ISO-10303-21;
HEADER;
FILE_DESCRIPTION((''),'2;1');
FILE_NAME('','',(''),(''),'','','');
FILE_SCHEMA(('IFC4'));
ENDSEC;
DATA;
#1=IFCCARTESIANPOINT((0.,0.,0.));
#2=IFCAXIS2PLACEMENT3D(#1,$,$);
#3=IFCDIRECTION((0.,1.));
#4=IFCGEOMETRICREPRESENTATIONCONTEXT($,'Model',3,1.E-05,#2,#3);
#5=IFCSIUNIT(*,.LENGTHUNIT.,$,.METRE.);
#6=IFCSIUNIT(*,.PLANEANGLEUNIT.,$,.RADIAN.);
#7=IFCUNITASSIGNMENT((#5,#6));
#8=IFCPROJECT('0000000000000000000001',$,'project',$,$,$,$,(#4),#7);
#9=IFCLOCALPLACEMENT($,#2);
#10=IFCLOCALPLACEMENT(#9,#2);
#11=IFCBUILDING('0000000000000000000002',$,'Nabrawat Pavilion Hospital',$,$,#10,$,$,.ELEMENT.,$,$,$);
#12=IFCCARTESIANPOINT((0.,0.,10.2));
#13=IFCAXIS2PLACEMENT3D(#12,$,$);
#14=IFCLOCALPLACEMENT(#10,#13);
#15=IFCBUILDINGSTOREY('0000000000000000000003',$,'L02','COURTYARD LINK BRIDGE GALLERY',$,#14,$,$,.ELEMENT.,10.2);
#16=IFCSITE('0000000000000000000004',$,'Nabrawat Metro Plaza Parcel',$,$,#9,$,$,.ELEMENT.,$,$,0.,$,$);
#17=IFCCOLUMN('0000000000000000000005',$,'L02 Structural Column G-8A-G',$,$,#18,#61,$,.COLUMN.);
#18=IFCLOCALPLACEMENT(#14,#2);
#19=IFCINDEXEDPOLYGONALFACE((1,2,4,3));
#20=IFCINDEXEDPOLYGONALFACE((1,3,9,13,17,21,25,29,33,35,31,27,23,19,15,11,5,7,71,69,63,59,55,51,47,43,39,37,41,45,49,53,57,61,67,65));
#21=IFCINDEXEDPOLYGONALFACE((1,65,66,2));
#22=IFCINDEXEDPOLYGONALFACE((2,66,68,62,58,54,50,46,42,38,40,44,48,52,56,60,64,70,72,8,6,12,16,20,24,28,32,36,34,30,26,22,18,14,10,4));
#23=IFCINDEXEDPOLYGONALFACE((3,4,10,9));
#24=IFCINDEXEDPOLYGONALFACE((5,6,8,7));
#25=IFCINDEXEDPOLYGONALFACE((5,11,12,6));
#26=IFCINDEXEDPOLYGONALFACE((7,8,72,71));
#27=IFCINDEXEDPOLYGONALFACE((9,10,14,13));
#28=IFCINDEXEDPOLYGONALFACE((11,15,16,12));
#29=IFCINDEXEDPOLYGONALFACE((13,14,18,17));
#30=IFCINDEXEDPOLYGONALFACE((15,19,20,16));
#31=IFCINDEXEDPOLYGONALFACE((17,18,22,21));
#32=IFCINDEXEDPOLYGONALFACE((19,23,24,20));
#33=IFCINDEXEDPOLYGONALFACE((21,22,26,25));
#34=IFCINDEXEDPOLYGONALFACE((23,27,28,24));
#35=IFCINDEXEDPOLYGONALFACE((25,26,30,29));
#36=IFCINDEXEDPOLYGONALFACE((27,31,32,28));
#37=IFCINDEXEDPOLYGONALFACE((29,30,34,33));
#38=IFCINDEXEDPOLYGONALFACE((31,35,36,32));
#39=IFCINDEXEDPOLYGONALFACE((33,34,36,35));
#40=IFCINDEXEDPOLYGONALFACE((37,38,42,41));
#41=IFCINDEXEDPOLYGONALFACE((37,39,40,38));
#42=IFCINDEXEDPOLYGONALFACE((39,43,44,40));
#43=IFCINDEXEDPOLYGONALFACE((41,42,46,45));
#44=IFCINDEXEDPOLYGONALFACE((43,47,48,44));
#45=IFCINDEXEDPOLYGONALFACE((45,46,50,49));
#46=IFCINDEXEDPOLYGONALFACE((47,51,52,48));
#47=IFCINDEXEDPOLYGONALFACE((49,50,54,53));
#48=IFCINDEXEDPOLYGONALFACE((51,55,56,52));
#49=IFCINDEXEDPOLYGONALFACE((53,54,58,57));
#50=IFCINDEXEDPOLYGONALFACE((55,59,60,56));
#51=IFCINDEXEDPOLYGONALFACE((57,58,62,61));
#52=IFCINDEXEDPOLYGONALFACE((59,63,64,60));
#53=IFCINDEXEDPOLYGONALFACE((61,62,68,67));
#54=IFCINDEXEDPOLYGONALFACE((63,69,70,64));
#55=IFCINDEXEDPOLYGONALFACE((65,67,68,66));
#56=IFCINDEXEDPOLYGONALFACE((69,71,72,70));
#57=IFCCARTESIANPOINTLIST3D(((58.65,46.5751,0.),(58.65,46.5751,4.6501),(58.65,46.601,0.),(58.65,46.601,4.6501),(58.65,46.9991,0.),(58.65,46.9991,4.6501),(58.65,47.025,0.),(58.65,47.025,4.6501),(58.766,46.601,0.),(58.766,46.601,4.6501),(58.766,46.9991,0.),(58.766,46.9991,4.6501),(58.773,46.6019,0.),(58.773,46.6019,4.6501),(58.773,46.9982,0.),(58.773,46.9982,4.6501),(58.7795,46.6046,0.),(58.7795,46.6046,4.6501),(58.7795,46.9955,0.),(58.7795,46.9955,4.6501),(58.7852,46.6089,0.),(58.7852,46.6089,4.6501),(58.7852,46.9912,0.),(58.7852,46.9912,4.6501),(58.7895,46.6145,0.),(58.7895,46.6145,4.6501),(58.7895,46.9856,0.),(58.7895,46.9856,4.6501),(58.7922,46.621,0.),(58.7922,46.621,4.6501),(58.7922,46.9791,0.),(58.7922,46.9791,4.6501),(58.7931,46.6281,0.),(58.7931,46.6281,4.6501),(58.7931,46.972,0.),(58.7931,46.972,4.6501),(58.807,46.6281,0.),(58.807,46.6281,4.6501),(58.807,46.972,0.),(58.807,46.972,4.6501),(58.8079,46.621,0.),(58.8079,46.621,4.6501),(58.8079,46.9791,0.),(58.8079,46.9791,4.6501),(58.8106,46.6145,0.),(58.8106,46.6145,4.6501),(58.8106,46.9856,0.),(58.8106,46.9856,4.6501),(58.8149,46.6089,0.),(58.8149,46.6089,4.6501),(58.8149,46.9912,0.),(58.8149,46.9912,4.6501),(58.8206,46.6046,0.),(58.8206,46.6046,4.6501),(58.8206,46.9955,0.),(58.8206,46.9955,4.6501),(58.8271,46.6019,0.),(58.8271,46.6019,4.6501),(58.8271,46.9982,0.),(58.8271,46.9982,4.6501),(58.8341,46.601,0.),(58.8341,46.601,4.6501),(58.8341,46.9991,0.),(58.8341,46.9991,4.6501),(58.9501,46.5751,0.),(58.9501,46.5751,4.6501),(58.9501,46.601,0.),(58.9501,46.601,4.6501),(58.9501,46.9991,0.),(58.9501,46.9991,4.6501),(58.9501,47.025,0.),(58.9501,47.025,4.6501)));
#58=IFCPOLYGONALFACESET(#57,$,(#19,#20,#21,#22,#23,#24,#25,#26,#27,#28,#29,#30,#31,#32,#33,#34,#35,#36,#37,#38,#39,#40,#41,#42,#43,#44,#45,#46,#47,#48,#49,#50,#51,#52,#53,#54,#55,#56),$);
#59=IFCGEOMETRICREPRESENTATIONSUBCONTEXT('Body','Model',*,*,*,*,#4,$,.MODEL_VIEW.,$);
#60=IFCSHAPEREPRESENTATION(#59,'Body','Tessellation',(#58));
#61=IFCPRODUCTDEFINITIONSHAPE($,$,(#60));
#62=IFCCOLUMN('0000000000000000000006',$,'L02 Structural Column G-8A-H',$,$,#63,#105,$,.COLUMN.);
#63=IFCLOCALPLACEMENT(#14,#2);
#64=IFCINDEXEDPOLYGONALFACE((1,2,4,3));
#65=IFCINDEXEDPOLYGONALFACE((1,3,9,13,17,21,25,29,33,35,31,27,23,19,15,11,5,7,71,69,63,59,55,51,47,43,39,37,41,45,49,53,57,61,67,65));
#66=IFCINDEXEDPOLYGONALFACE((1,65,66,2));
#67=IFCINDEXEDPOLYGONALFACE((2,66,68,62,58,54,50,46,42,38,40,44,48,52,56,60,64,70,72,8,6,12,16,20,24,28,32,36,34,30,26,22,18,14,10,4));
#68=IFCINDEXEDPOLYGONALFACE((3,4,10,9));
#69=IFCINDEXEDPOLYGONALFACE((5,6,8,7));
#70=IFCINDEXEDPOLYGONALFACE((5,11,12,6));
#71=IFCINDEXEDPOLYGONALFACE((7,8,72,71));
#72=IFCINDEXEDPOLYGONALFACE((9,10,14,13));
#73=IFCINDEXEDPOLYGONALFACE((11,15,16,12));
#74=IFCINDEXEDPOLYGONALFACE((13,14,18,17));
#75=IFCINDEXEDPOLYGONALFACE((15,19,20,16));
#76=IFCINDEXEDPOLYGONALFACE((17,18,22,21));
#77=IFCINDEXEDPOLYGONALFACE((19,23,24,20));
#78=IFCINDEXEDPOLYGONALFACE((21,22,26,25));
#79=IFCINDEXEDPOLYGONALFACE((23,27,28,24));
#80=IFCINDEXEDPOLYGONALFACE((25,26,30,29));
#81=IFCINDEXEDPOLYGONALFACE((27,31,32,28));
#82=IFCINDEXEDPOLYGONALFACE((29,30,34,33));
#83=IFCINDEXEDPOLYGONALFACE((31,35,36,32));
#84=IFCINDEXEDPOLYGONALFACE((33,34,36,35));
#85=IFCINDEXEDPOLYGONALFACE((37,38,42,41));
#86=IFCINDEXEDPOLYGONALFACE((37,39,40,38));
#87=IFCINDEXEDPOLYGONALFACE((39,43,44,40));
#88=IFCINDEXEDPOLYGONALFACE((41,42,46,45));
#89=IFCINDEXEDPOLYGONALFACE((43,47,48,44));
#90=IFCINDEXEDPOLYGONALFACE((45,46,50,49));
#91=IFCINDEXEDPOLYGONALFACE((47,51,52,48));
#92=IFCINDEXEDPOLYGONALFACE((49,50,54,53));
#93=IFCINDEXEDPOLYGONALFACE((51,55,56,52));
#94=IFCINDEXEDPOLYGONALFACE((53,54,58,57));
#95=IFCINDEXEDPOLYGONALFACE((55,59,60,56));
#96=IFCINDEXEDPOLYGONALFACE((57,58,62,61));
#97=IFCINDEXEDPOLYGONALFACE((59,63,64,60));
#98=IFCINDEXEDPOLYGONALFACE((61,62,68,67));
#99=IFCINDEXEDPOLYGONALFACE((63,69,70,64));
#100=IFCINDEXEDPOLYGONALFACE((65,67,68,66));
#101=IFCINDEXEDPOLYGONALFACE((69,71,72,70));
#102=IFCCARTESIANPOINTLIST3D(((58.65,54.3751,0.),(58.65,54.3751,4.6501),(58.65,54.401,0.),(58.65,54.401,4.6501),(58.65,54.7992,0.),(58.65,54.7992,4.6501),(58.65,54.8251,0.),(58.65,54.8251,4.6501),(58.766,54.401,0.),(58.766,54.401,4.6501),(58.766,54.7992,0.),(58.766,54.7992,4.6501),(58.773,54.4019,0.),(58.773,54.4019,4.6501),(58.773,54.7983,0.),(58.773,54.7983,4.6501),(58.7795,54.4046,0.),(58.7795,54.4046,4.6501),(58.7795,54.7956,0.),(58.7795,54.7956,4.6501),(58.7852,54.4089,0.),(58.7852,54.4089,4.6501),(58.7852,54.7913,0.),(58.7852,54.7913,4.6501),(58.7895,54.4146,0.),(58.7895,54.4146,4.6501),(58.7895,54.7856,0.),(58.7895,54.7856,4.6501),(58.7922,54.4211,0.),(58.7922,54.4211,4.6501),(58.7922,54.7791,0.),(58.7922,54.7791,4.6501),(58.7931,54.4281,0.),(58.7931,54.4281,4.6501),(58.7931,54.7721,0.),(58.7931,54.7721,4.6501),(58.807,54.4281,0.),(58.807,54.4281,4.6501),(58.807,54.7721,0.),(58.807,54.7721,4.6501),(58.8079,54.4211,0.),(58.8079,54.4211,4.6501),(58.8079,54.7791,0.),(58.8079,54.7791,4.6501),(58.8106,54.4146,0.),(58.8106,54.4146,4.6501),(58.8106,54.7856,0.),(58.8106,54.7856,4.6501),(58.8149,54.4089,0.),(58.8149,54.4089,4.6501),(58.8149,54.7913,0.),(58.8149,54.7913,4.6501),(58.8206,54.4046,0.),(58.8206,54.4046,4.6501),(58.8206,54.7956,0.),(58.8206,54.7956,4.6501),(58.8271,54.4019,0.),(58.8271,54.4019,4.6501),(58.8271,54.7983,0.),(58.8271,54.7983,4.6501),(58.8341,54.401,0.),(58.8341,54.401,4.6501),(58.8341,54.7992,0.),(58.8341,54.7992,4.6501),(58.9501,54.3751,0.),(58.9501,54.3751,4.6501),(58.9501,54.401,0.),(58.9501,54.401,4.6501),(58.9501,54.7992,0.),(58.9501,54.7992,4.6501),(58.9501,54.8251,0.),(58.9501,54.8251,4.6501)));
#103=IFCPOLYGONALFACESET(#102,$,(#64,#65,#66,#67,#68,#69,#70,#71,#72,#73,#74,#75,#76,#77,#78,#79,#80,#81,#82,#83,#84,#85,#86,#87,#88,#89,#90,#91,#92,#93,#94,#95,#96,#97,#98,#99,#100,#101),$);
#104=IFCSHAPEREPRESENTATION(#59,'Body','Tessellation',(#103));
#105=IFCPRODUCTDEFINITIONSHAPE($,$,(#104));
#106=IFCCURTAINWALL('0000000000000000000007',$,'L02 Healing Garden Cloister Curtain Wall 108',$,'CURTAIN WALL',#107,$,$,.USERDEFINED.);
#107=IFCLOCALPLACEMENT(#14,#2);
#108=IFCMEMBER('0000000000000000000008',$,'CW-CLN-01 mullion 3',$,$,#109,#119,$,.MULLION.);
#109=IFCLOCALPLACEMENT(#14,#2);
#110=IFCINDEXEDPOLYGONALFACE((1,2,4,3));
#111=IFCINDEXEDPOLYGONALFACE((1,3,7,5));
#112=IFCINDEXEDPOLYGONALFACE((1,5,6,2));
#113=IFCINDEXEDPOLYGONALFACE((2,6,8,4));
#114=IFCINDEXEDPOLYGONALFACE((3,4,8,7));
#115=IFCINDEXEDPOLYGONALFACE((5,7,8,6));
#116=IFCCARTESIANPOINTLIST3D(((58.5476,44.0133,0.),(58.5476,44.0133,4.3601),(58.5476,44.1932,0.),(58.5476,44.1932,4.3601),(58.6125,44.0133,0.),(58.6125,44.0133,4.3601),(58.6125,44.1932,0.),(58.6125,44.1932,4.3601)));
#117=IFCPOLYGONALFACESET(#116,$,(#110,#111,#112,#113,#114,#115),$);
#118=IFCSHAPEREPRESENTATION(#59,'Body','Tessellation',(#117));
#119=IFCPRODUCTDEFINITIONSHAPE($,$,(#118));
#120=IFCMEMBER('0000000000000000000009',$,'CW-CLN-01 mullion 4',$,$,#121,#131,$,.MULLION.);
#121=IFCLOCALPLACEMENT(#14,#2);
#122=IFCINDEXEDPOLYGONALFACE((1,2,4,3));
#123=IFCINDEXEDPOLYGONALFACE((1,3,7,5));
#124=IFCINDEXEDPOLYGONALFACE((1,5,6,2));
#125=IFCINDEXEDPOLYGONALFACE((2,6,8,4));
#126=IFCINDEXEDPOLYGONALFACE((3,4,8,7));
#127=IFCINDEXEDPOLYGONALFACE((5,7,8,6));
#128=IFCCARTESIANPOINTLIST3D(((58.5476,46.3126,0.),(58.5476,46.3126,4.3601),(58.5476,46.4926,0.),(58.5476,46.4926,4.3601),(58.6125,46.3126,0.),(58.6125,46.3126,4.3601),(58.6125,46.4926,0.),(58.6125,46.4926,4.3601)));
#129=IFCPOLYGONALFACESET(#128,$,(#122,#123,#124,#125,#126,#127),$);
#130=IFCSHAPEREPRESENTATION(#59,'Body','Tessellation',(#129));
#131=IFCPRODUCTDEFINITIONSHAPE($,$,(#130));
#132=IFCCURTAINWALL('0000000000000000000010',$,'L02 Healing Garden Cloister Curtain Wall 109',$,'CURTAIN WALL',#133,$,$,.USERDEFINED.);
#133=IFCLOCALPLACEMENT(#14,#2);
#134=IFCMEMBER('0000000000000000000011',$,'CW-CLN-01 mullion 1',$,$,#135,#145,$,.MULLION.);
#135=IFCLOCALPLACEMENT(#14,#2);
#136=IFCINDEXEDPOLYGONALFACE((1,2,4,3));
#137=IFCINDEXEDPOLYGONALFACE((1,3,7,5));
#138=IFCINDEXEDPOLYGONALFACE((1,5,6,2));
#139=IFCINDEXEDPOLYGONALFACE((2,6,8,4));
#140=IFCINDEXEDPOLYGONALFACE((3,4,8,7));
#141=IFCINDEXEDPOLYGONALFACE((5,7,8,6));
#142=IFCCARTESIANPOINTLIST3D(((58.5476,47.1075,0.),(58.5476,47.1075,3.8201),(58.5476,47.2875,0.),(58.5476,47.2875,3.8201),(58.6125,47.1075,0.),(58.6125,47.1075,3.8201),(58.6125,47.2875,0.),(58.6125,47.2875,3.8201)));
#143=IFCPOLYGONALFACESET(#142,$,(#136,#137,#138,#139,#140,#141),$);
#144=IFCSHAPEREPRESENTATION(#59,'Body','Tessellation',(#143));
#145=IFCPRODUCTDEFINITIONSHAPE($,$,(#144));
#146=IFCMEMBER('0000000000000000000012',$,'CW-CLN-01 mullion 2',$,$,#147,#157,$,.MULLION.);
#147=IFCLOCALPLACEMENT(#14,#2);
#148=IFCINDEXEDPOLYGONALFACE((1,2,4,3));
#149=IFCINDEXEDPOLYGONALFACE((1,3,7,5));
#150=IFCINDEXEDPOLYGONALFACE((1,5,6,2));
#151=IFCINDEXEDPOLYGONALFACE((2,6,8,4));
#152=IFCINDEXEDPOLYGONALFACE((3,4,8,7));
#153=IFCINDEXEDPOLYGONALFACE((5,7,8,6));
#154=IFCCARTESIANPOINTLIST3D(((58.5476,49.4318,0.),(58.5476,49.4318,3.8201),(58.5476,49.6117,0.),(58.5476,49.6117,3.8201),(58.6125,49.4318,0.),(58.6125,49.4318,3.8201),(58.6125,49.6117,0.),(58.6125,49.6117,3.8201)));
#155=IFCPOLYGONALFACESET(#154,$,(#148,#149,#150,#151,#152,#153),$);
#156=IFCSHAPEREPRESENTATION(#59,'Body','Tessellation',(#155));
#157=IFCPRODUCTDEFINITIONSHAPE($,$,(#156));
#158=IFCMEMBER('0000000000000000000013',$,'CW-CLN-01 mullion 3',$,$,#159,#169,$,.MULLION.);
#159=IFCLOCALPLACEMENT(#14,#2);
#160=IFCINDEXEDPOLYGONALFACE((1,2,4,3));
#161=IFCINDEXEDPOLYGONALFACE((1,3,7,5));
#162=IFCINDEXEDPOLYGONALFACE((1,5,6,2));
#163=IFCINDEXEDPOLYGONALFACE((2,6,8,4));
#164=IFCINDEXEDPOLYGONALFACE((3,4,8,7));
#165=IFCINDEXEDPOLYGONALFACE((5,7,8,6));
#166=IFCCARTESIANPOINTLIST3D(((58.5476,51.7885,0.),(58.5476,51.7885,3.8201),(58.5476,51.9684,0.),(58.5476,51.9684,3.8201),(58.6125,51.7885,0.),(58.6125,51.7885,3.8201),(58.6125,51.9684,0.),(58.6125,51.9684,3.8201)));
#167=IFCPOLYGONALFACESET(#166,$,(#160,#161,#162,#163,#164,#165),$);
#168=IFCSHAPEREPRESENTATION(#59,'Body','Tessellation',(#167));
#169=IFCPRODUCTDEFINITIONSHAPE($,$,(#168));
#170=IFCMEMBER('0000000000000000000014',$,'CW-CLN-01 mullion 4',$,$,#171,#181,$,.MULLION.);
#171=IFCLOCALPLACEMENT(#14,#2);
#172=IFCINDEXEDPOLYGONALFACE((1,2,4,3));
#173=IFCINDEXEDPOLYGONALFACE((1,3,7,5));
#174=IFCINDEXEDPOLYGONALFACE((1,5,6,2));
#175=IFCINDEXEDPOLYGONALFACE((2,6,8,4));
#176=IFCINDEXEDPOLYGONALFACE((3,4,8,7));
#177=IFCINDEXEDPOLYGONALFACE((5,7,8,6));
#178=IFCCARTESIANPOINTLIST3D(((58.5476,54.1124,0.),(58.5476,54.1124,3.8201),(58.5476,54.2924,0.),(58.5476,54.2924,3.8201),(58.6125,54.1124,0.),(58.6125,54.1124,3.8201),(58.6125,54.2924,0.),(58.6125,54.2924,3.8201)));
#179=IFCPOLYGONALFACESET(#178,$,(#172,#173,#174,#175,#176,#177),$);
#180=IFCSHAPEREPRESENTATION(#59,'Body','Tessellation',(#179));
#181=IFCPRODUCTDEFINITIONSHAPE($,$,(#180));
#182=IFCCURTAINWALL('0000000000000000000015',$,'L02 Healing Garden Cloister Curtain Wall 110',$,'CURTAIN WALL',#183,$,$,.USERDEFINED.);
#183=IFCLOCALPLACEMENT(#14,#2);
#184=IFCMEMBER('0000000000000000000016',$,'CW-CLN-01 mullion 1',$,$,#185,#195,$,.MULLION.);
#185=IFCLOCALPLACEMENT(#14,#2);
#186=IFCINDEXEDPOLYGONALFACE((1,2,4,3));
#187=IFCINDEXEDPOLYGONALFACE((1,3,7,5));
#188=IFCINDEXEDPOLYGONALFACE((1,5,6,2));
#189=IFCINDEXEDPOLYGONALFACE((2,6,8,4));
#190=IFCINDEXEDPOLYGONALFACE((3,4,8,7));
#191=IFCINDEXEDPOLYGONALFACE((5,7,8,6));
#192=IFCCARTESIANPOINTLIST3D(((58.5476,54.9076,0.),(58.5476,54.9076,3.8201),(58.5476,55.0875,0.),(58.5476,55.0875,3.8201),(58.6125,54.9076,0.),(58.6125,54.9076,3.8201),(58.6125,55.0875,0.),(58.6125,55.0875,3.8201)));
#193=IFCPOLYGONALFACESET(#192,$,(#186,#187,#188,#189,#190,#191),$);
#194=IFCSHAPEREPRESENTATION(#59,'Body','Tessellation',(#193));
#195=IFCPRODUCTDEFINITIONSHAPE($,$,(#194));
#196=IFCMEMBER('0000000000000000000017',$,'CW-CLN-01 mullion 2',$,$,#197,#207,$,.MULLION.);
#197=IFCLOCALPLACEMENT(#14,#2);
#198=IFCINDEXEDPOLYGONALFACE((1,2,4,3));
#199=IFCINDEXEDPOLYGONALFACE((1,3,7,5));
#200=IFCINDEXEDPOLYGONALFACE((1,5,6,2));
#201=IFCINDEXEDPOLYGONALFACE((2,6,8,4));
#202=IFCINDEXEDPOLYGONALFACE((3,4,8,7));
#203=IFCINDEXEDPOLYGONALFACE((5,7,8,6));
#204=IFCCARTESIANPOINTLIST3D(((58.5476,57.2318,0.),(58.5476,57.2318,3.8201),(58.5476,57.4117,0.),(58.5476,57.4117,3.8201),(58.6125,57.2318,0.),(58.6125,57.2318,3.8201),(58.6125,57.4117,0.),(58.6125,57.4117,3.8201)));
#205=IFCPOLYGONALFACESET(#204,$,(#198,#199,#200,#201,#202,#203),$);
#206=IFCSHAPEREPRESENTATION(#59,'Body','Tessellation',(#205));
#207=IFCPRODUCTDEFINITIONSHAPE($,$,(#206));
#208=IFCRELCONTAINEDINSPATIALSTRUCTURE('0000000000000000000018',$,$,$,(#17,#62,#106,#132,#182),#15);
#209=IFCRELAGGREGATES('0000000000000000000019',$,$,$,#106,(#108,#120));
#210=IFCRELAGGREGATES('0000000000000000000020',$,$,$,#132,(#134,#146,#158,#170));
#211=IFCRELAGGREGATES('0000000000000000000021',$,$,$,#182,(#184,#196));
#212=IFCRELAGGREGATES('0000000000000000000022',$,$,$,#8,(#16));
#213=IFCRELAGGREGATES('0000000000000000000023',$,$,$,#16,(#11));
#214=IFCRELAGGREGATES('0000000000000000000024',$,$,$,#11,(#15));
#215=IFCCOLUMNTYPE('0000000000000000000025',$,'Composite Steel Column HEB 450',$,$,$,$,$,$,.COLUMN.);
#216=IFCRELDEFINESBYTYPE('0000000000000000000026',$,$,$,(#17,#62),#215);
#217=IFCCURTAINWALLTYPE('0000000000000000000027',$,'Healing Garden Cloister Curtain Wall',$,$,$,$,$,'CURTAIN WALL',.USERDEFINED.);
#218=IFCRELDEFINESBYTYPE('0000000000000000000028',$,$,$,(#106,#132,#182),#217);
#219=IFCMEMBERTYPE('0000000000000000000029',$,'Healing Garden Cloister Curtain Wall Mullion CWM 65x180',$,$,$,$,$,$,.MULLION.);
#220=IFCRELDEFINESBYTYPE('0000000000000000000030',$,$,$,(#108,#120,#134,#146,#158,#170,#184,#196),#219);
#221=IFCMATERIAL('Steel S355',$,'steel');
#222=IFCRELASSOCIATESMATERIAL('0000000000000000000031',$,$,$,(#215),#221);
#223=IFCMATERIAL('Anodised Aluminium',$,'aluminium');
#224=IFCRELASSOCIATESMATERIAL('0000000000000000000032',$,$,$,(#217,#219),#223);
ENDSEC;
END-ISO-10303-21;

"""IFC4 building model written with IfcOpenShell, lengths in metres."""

from ifc_helpers import new_model, si_unit, direction, frame, origin, origin_2d, place, context, subcontext, project, spatial, rectangle, i_section, extrude, material, material_profile, profile_set, type_object, element, aggregate, save


model = new_model("IFC4")

# Units and contexts
model_context = context("Model", 3, precision=1e-05, world=origin(), true_north=direction((0.0, 1.0)))
body_context = subcontext(model_context, "Body", "Model", "MODEL_VIEW")
ifc_project = project(units=[si_unit("LENGTHUNIT", "METRE"), si_unit("PLANEANGLEUNIT", "RADIAN")], contexts=[model_context])

# Site, building, storey
site_placement = place(None, origin())
site = spatial("IfcSite", under=ifc_project, at=site_placement, Name="Nabrawat Metro Plaza Parcel", CompositionType="ELEMENT", RefElevation=0.0)
building_placement = place(site_placement, origin())
building = spatial("IfcBuilding", under=site, at=building_placement, Name="Nabrawat Pavilion Hospital", CompositionType="ELEMENT")
storey_placement = place(building_placement, frame((0.0, 0.0, 10.2)))
storey = spatial("IfcBuildingStorey", under=building, at=storey_placement, Name="L02", Description="COURTYARD LINK BRIDGE GALLERY", CompositionType="ELEMENT", Elevation=10.2)

# Columns
ifc_material_1 = material(Name="Steel S355", Category="steel")
ifc_material_profile_1 = material_profile(ifc_material_1, i_section(OverallWidth=0.3, OverallDepth=0.45, WebThickness=0.0139, FlangeThickness=0.0259, FilletRadius=0.0271, at=origin_2d()), Name="HEB 450")
ifc_profile_set_1 = profile_set([ifc_material_profile_1], Name="Steel S355")
column_type = type_object("IfcColumnType", Name="Composite Steel Column HEB 450", PredefinedType="COLUMN", material=ifc_profile_set_1)
for number, where, z_axis, x_axis, name in (
    (1, (58.8, 46.8, 0.0), (0.0, 0.0, 1.0), (1.0, 0.0, 0.0), "L02 Structural Column G-8A-G"),
    (2, (58.8, 54.6001, 0.0), (0.0, 0.0, 1.0), (1.0, 0.0, 0.0), "L02 Structural Column G-8A-H"),
):
    element("IfcColumn", number, at=place(storey_placement, frame(where, z_axis=z_axis, x_axis=x_axis)), inside=storey, type_object=column_type, Name=name, PredefinedType="COLUMN", context=body_context, shape_type="SweptSolid", body=[
        extrude(i_section(OverallWidth=0.3, OverallDepth=0.45, WebThickness=0.0139, FlangeThickness=0.0259, FilletRadius=0.0271, at=origin_2d()), origin(), (0.0, 0.0, 1.0), 4.6501),
    ])

# Curtain walls, members
ifc_material_2 = material(Name="Anodised Aluminium", Category="aluminium")
curtain_wall_type = type_object("IfcCurtainWallType", Name="Healing Garden Cloister Curtain Wall", ElementType="CURTAIN WALL", PredefinedType="USERDEFINED", material=ifc_material_2)
curtain_wall_1_placement = place(storey_placement, origin())
curtain_wall_1 = element("IfcCurtainWall", 3, at=curtain_wall_1_placement, inside=storey, type_object=curtain_wall_type, Name="L02 Healing Garden Cloister Curtain Wall 108", ObjectType="CURTAIN WALL", PredefinedType="USERDEFINED")
ifc_material_profile_2 = material_profile(ifc_material_2, rectangle(XDim=0.0649, YDim=0.1799, at=origin_2d()), Name="CWM 65x180")
ifc_profile_set_2 = profile_set([ifc_material_profile_2], Name="Anodised Aluminium")
member_type_1 = type_object("IfcMemberType", Name="Healing Garden Cloister Curtain Wall Mullion CWM 65x180", PredefinedType="MULLION", material=ifc_profile_set_2)
member_1_placement = place(storey_placement, frame((58.5801, 44.1033, 0.0), z_axis=(0.0, 0.0, 1.0), x_axis=(-1.0, 0.0, 0.0)))
member_1 = element("IfcMember", 4, at=member_1_placement, type_object=member_type_1, Name="CW-CLN-01 mullion 3", PredefinedType="MULLION", context=body_context, shape_type="SweptSolid", body=[
    extrude(rectangle(XDim=0.0649, YDim=0.1799, at=origin_2d()), origin(), (0.0, 0.0, 1.0), 4.3601),
])
member_2_placement = place(storey_placement, frame((58.5801, 46.4026, 0.0), z_axis=(0.0, 0.0, 1.0), x_axis=(-1.0, 0.0, 0.0)))
member_2 = element("IfcMember", 5, at=member_2_placement, type_object=member_type_1, Name="CW-CLN-01 mullion 4", PredefinedType="MULLION", context=body_context, shape_type="SweptSolid", body=[
    extrude(rectangle(XDim=0.0649, YDim=0.1799, at=origin_2d()), origin(), (0.0, 0.0, 1.0), 4.3601),
])
curtain_wall_2_placement = place(storey_placement, origin())
curtain_wall_2 = element("IfcCurtainWall", 6, at=curtain_wall_2_placement, inside=storey, type_object=curtain_wall_type, Name="L02 Healing Garden Cloister Curtain Wall 109", ObjectType="CURTAIN WALL", PredefinedType="USERDEFINED")
member_3_placement = place(storey_placement, frame((58.5801, 47.1975, 0.0), z_axis=(0.0, 0.0, 1.0), x_axis=(-1.0, 0.0, 0.0)))
member_3 = element("IfcMember", 7, at=member_3_placement, type_object=member_type_1, Name="CW-CLN-01 mullion 1", PredefinedType="MULLION", context=body_context, shape_type="SweptSolid", body=[
    extrude(rectangle(XDim=0.0649, YDim=0.1799, at=origin_2d()), origin(), (0.0, 0.0, 1.0), 3.8201),
])
member_4_placement = place(storey_placement, frame((58.5801, 49.5217, 0.0), z_axis=(0.0, 0.0, 1.0), x_axis=(-1.0, 0.0, 0.0)))
member_4 = element("IfcMember", 8, at=member_4_placement, type_object=member_type_1, Name="CW-CLN-01 mullion 2", PredefinedType="MULLION", context=body_context, shape_type="SweptSolid", body=[
    extrude(rectangle(XDim=0.0649, YDim=0.1799, at=origin_2d()), origin(), (0.0, 0.0, 1.0), 3.8201),
])
member_5_placement = place(storey_placement, frame((58.5801, 51.8784, 0.0), z_axis=(0.0, 0.0, 1.0), x_axis=(-1.0, 0.0, 0.0)))
member_5 = element("IfcMember", 9, at=member_5_placement, type_object=member_type_1, Name="CW-CLN-01 mullion 3", PredefinedType="MULLION", context=body_context, shape_type="SweptSolid", body=[
    extrude(rectangle(XDim=0.0649, YDim=0.1799, at=origin_2d()), origin(), (0.0, 0.0, 1.0), 3.8201),
])
member_6_placement = place(storey_placement, frame((58.5801, 54.2024, 0.0), z_axis=(0.0, 0.0, 1.0), x_axis=(-1.0, 0.0, 0.0)))
member_6 = element("IfcMember", 10, at=member_6_placement, type_object=member_type_1, Name="CW-CLN-01 mullion 4", PredefinedType="MULLION", context=body_context, shape_type="SweptSolid", body=[
    extrude(rectangle(XDim=0.0649, YDim=0.1799, at=origin_2d()), origin(), (0.0, 0.0, 1.0), 3.8201),
])
curtain_wall_3_placement = place(storey_placement, origin())
curtain_wall_3 = element("IfcCurtainWall", 11, at=curtain_wall_3_placement, inside=storey, type_object=curtain_wall_type, Name="L02 Healing Garden Cloister Curtain Wall 110", ObjectType="CURTAIN WALL", PredefinedType="USERDEFINED")
member_7_placement = place(storey_placement, frame((58.5801, 54.9976, 0.0), z_axis=(0.0, 0.0, 1.0), x_axis=(-1.0, 0.0, 0.0)))
member_7 = element("IfcMember", 12, at=member_7_placement, type_object=member_type_1, Name="CW-CLN-01 mullion 1", PredefinedType="MULLION", context=body_context, shape_type="SweptSolid", body=[
    extrude(rectangle(XDim=0.0649, YDim=0.1799, at=origin_2d()), origin(), (0.0, 0.0, 1.0), 3.8201),
])
member_8_placement = place(storey_placement, frame((58.5801, 57.3218, 0.0), z_axis=(0.0, 0.0, 1.0), x_axis=(-1.0, 0.0, 0.0)))
member_8 = element("IfcMember", 13, at=member_8_placement, type_object=member_type_1, Name="CW-CLN-01 mullion 2", PredefinedType="MULLION", context=body_context, shape_type="SweptSolid", body=[
    extrude(rectangle(XDim=0.0649, YDim=0.1799, at=origin_2d()), origin(), (0.0, 0.0, 1.0), 3.8201),
])

aggregate(curtain_wall_1, [member_1, member_2])
aggregate(curtain_wall_2, [member_3, member_4, member_5, member_6])
aggregate(curtain_wall_3, [member_7, member_8])

save(model, "model.ifc")
